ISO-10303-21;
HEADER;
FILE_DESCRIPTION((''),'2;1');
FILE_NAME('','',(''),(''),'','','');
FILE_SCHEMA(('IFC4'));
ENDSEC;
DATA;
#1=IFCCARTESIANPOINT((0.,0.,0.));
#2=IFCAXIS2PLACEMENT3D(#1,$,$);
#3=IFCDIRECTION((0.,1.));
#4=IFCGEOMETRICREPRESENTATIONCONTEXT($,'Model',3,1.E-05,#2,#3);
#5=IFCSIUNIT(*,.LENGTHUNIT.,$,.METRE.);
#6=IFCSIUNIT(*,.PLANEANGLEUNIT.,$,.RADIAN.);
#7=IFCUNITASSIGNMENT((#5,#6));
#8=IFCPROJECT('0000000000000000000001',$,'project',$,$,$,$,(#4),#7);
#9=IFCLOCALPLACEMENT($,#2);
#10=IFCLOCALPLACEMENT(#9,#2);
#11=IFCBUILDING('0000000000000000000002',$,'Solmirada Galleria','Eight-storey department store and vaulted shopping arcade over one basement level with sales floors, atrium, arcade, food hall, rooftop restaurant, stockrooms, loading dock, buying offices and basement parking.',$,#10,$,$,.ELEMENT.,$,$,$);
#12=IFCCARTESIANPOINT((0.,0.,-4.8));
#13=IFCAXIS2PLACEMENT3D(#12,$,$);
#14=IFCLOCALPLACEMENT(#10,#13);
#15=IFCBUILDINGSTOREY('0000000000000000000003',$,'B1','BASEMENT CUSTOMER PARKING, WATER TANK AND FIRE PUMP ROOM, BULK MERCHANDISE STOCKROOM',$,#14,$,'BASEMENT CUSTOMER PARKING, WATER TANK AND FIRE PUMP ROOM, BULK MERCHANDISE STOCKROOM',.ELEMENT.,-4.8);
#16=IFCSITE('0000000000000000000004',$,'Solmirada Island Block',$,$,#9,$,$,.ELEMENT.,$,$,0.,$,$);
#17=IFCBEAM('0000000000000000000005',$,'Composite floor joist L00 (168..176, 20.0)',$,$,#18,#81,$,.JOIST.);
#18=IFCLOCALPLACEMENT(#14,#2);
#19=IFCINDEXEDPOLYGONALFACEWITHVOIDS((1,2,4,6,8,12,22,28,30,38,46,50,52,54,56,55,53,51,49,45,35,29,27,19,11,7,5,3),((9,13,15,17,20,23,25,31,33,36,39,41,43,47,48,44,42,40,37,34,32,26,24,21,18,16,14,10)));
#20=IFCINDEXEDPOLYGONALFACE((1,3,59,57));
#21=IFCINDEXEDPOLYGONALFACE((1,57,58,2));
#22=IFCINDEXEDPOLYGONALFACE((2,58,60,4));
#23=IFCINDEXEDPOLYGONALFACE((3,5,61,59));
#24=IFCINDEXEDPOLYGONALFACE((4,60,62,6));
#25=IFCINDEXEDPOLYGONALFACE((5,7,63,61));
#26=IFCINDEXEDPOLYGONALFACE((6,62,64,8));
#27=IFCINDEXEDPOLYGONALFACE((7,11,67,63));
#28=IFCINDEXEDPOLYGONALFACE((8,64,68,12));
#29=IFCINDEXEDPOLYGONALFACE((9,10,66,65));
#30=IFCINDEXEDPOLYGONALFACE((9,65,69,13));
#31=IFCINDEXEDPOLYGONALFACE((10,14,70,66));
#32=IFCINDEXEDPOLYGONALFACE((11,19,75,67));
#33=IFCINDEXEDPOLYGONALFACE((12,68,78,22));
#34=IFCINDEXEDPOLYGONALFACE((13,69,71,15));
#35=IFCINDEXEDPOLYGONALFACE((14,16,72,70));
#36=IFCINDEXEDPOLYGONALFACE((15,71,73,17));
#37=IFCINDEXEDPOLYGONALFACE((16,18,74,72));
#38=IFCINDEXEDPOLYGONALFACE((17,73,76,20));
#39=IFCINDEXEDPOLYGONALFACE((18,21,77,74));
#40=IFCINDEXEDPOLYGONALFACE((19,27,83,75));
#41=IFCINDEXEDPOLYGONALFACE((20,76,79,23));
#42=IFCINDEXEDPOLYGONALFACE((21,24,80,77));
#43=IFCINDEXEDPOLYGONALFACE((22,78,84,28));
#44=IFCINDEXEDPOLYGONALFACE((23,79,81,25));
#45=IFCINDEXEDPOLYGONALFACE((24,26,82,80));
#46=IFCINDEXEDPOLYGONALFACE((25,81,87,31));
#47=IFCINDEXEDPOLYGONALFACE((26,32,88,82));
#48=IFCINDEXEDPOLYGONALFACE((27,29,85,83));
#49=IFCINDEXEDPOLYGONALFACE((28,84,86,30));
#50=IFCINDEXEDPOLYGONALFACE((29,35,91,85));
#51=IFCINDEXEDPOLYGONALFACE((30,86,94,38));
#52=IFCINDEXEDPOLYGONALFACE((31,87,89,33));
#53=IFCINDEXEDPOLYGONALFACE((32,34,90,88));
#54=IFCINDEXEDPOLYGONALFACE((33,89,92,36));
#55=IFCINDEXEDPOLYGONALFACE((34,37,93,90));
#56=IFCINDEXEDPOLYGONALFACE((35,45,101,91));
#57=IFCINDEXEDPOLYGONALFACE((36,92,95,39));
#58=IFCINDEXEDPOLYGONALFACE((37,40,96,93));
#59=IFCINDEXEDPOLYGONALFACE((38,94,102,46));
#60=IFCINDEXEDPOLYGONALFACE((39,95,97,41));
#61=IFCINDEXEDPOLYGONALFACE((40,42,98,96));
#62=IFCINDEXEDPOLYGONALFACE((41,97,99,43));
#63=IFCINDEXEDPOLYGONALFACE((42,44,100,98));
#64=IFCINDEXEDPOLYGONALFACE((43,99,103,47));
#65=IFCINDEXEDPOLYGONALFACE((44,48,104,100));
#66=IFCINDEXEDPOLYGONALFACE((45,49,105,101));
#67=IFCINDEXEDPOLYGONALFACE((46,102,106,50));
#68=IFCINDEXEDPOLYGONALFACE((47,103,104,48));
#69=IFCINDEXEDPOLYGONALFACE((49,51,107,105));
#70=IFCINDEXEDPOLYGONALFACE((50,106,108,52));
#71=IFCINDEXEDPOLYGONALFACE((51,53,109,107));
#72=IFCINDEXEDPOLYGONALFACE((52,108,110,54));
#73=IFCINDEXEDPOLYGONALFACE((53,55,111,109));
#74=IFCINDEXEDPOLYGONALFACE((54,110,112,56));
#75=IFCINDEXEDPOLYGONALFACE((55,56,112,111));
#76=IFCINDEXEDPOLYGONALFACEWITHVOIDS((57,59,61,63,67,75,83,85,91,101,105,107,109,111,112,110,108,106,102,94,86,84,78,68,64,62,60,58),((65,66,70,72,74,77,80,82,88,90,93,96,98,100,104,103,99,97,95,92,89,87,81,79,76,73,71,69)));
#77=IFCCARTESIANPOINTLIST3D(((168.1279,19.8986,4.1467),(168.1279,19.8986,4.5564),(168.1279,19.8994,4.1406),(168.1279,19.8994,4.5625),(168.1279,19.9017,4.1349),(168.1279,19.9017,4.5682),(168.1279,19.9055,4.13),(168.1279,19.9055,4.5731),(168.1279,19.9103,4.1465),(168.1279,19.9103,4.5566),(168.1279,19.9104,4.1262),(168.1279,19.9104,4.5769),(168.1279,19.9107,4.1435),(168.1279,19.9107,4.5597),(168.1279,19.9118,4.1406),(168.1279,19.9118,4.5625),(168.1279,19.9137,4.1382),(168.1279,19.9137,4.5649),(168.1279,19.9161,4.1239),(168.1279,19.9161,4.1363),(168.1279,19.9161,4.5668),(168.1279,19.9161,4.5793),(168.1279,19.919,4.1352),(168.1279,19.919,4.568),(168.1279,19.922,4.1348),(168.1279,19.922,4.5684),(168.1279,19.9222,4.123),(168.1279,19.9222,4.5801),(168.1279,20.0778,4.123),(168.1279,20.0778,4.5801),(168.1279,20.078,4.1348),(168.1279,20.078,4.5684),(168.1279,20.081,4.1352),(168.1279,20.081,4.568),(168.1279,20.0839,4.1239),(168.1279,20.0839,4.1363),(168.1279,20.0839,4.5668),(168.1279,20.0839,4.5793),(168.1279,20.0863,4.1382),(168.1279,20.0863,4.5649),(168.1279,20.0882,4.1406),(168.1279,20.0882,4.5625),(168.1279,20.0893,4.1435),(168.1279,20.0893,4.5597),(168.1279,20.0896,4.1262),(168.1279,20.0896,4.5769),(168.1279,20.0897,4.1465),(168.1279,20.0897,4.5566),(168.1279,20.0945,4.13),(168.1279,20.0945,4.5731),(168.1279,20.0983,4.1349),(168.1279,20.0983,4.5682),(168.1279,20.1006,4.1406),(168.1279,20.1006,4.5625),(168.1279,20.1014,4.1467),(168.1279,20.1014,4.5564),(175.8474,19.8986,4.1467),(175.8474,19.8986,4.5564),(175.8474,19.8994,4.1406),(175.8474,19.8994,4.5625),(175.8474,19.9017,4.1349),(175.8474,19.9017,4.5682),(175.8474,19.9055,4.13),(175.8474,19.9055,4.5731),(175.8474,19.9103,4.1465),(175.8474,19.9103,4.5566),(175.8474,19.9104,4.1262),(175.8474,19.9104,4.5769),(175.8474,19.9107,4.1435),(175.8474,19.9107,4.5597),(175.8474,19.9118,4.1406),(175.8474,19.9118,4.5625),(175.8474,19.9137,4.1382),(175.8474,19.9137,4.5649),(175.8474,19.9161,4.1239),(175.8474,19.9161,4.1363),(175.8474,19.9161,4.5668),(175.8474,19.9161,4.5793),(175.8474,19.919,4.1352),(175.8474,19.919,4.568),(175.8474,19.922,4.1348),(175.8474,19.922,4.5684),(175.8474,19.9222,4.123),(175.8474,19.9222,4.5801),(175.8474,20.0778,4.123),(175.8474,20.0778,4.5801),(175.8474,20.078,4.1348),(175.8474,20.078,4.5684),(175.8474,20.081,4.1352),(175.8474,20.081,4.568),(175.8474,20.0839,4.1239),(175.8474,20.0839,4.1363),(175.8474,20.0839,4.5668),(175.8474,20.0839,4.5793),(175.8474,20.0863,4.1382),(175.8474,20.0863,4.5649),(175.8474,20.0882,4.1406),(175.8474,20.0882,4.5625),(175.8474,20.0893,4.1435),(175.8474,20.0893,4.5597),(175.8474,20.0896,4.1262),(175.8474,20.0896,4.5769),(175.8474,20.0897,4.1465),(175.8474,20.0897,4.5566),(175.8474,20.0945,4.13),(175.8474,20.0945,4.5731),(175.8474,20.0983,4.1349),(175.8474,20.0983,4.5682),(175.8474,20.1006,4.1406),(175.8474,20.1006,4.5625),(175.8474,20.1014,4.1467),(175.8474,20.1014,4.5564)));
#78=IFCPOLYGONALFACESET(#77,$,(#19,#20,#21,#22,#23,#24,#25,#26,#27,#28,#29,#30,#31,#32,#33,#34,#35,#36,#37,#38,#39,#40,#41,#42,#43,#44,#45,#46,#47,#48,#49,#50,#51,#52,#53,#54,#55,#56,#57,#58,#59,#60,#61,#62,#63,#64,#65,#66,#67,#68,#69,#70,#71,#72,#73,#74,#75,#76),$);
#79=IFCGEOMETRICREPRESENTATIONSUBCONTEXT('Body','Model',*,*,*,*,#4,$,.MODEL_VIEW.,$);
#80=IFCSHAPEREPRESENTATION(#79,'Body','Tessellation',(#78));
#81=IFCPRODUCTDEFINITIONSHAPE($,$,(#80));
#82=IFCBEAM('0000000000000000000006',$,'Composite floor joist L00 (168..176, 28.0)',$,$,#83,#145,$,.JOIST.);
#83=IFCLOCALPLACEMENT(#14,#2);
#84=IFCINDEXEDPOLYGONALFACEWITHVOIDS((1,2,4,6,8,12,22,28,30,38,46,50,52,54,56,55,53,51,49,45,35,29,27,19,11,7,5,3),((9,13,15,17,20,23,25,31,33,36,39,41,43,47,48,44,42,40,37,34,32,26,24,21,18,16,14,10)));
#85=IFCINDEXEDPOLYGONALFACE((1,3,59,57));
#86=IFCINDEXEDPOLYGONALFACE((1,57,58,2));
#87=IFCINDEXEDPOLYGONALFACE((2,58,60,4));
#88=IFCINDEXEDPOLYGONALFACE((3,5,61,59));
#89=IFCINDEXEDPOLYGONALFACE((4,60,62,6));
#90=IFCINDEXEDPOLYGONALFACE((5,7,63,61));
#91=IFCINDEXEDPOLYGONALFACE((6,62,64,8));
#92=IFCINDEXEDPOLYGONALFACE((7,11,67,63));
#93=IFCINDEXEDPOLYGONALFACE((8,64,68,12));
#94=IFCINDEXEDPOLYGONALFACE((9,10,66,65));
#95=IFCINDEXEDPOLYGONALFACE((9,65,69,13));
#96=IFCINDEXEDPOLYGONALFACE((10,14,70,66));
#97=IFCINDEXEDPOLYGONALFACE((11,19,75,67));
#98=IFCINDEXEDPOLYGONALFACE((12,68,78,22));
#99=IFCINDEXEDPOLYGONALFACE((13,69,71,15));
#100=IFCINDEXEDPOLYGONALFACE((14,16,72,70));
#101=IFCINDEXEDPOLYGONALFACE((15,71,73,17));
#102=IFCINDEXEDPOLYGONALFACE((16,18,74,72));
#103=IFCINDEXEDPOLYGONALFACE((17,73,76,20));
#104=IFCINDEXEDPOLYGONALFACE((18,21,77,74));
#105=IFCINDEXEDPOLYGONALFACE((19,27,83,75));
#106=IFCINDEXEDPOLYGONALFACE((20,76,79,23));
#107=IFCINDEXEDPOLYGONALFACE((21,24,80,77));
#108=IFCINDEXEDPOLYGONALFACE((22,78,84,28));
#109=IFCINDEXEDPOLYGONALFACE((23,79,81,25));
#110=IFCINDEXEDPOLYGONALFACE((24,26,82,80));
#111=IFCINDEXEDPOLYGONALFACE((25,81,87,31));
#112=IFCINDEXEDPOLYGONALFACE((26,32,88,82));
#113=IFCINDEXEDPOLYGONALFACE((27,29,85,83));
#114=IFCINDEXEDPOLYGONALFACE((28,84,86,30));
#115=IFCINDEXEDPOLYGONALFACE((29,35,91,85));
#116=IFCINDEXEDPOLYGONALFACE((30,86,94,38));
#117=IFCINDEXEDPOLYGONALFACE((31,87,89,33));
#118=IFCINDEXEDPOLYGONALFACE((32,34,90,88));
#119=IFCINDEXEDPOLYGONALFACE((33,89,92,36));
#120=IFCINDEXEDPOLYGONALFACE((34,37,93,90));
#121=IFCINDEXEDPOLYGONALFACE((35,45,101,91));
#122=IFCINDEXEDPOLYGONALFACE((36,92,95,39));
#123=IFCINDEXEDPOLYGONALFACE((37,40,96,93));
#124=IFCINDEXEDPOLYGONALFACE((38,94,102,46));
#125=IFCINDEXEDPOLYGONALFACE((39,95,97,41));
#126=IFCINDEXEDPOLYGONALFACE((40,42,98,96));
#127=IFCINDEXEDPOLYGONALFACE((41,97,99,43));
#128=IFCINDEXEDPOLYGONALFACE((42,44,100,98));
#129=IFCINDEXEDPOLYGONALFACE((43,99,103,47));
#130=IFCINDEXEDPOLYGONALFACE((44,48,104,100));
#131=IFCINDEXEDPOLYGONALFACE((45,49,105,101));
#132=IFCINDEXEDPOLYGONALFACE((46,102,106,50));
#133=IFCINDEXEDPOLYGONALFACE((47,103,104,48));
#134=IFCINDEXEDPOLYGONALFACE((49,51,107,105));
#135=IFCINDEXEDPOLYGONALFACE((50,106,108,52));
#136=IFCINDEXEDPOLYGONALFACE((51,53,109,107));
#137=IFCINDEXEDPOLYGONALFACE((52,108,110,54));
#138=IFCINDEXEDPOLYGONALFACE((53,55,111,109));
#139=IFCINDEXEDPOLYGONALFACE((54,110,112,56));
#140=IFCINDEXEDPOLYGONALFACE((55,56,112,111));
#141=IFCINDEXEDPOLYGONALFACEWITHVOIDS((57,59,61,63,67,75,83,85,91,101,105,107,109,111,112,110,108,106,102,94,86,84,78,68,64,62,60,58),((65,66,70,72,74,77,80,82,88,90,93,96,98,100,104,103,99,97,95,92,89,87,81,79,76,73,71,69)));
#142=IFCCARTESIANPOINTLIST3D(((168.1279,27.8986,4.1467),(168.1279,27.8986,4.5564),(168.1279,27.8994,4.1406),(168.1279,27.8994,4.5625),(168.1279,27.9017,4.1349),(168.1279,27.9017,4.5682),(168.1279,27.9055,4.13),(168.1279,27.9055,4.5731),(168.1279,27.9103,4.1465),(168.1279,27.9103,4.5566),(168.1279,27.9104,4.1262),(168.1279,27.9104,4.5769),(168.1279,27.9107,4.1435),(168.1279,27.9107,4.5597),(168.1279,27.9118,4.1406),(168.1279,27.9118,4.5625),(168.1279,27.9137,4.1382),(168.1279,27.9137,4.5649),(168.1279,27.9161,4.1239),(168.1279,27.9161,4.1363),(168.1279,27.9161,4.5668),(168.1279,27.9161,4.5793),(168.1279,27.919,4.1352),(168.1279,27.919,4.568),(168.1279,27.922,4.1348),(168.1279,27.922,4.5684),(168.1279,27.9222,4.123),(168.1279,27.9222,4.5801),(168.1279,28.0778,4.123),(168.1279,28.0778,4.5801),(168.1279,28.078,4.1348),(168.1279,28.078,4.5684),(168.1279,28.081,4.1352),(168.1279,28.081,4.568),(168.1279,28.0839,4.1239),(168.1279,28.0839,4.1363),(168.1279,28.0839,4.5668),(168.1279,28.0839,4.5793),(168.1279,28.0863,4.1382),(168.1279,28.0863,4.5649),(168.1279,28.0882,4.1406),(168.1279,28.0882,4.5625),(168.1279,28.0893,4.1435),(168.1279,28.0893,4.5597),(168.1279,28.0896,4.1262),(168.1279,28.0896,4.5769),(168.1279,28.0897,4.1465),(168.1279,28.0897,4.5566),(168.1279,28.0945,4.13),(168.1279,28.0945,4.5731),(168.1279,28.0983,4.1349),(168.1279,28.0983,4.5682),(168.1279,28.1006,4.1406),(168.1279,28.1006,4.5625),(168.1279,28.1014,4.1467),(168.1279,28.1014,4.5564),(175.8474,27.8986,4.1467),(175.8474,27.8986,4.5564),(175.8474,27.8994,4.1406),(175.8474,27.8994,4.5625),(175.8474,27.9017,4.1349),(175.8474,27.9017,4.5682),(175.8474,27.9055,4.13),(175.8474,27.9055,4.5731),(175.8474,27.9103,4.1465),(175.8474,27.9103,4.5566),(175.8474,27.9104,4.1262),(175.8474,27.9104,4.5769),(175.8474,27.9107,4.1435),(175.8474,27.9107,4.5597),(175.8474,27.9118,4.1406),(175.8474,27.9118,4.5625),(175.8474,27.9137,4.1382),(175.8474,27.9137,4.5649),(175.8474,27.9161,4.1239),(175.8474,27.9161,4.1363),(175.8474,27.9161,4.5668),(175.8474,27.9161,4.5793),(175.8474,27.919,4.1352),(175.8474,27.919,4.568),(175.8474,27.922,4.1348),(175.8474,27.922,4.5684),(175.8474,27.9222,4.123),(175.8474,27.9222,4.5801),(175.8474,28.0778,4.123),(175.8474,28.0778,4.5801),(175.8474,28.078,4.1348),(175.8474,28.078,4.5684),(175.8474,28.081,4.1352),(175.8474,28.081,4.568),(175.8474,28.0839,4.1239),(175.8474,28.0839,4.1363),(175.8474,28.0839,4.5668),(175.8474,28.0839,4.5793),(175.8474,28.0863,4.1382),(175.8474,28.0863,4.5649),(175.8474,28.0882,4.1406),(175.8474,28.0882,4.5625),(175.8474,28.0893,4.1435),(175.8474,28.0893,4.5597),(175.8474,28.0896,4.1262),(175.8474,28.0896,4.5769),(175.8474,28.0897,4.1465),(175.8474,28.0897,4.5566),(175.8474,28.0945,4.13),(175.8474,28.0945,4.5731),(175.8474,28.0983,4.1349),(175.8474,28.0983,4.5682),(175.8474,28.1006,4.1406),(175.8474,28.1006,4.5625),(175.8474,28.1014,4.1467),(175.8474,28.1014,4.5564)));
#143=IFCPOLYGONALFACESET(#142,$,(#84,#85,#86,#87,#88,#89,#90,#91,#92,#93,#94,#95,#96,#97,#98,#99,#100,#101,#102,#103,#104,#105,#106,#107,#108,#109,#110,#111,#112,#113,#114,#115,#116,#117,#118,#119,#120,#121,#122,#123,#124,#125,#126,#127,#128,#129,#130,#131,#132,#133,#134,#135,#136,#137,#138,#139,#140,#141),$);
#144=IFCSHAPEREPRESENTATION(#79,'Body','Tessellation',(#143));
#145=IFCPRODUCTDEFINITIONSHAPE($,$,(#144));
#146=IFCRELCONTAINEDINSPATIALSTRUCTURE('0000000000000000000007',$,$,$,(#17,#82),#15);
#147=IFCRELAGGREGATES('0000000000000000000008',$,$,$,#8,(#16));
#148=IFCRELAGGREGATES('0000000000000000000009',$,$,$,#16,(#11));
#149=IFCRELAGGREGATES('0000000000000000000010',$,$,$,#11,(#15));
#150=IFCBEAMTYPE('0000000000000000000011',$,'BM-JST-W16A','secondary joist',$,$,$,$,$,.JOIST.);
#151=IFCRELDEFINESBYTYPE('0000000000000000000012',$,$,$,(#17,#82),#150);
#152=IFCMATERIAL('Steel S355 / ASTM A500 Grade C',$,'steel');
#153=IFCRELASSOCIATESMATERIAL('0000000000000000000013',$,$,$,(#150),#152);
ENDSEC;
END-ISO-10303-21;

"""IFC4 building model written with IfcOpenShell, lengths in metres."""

from ifc_helpers import new_model, si_unit, direction, frame, origin, origin_2d, place, context, subcontext, project, spatial, hollow_rectangle, extrude, material, material_profile, profile_set, type_object, element, save


model = new_model("IFC4")

# Units and contexts
model_context = context("Model", 3, precision=1e-05, world=origin(), true_north=direction((0.0, 1.0)))
body_context = subcontext(model_context, "Body", "Model", "MODEL_VIEW")
ifc_project = project(units=[si_unit("LENGTHUNIT", "METRE"), si_unit("PLANEANGLEUNIT", "RADIAN")], contexts=[model_context])

# Site, building, storey
site_placement = place(None, origin())
site = spatial("IfcSite", under=ifc_project, at=site_placement, Name="Solmirada Island Block", CompositionType="ELEMENT", RefElevation=0.0)
building_placement = place(site_placement, origin())
building = spatial("IfcBuilding", under=site, at=building_placement, Name="Solmirada Galleria", Description="Eight-storey department store and vaulted shopping arcade over one basement level with sales floors, atrium, arcade, food hall, rooftop restaurant, stockrooms, loading dock, buying offices and basement parking.", CompositionType="ELEMENT")
storey_placement = place(building_placement, frame((0.0, 0.0, -4.8)))
storey = spatial("IfcBuildingStorey", under=building, at=storey_placement, Name="B1", Description="BASEMENT CUSTOMER PARKING, WATER TANK AND FIRE PUMP ROOM, BULK MERCHANDISE STOCKROOM", LongName="BASEMENT CUSTOMER PARKING, WATER TANK AND FIRE PUMP ROOM, BULK MERCHANDISE STOCKROOM", CompositionType="ELEMENT", Elevation=-4.8)

# Shared definitions
ifc_material_1 = material(Name="Steel S355 / ASTM A500 Grade C", Category="steel")

# Beams
ifc_material_profile_1 = material_profile(ifc_material_1, hollow_rectangle(XDim=0.2029, YDim=0.457, WallThickness=0.0117, InnerFilletRadius=0.0117, OuterFilletRadius=0.0237, at=origin_2d()), Name="HSS18X8X1/2")
ifc_profile_set_1 = profile_set([ifc_material_profile_1], Name="Steel S355 / ASTM A500 Grade C")
beam_type_1 = type_object("IfcBeamType", Name="BM-JST-W16A", Description="secondary joist", PredefinedType="JOIST", material=ifc_profile_set_1)
for number, where, z_axis, x_axis, name in (
    (1, (168.1279, 20.0, 4.3516), (1.0, 0.0, 0.0), (0.0, 1.0, 0.0), "Composite floor joist L00 (168..176, 20.0)"),
    (2, (168.1279, 28.0, 4.3516), (1.0, 0.0, 0.0), (0.0, 1.0, 0.0), "Composite floor joist L00 (168..176, 28.0)"),
):
    element("IfcBeam", number, at=place(storey_placement, frame(where, z_axis=z_axis, x_axis=x_axis)), inside=storey, type_object=beam_type_1, Name=name, PredefinedType="JOIST", context=body_context, shape_type="SweptSolid", body=[
        extrude(hollow_rectangle(XDim=0.2029, YDim=0.457, WallThickness=0.0117, InnerFilletRadius=0.0117, OuterFilletRadius=0.0237, at=origin_2d()), origin(), (0.0, 0.0, 1.0), 7.7195),
    ])

save(model, "model.ifc")
